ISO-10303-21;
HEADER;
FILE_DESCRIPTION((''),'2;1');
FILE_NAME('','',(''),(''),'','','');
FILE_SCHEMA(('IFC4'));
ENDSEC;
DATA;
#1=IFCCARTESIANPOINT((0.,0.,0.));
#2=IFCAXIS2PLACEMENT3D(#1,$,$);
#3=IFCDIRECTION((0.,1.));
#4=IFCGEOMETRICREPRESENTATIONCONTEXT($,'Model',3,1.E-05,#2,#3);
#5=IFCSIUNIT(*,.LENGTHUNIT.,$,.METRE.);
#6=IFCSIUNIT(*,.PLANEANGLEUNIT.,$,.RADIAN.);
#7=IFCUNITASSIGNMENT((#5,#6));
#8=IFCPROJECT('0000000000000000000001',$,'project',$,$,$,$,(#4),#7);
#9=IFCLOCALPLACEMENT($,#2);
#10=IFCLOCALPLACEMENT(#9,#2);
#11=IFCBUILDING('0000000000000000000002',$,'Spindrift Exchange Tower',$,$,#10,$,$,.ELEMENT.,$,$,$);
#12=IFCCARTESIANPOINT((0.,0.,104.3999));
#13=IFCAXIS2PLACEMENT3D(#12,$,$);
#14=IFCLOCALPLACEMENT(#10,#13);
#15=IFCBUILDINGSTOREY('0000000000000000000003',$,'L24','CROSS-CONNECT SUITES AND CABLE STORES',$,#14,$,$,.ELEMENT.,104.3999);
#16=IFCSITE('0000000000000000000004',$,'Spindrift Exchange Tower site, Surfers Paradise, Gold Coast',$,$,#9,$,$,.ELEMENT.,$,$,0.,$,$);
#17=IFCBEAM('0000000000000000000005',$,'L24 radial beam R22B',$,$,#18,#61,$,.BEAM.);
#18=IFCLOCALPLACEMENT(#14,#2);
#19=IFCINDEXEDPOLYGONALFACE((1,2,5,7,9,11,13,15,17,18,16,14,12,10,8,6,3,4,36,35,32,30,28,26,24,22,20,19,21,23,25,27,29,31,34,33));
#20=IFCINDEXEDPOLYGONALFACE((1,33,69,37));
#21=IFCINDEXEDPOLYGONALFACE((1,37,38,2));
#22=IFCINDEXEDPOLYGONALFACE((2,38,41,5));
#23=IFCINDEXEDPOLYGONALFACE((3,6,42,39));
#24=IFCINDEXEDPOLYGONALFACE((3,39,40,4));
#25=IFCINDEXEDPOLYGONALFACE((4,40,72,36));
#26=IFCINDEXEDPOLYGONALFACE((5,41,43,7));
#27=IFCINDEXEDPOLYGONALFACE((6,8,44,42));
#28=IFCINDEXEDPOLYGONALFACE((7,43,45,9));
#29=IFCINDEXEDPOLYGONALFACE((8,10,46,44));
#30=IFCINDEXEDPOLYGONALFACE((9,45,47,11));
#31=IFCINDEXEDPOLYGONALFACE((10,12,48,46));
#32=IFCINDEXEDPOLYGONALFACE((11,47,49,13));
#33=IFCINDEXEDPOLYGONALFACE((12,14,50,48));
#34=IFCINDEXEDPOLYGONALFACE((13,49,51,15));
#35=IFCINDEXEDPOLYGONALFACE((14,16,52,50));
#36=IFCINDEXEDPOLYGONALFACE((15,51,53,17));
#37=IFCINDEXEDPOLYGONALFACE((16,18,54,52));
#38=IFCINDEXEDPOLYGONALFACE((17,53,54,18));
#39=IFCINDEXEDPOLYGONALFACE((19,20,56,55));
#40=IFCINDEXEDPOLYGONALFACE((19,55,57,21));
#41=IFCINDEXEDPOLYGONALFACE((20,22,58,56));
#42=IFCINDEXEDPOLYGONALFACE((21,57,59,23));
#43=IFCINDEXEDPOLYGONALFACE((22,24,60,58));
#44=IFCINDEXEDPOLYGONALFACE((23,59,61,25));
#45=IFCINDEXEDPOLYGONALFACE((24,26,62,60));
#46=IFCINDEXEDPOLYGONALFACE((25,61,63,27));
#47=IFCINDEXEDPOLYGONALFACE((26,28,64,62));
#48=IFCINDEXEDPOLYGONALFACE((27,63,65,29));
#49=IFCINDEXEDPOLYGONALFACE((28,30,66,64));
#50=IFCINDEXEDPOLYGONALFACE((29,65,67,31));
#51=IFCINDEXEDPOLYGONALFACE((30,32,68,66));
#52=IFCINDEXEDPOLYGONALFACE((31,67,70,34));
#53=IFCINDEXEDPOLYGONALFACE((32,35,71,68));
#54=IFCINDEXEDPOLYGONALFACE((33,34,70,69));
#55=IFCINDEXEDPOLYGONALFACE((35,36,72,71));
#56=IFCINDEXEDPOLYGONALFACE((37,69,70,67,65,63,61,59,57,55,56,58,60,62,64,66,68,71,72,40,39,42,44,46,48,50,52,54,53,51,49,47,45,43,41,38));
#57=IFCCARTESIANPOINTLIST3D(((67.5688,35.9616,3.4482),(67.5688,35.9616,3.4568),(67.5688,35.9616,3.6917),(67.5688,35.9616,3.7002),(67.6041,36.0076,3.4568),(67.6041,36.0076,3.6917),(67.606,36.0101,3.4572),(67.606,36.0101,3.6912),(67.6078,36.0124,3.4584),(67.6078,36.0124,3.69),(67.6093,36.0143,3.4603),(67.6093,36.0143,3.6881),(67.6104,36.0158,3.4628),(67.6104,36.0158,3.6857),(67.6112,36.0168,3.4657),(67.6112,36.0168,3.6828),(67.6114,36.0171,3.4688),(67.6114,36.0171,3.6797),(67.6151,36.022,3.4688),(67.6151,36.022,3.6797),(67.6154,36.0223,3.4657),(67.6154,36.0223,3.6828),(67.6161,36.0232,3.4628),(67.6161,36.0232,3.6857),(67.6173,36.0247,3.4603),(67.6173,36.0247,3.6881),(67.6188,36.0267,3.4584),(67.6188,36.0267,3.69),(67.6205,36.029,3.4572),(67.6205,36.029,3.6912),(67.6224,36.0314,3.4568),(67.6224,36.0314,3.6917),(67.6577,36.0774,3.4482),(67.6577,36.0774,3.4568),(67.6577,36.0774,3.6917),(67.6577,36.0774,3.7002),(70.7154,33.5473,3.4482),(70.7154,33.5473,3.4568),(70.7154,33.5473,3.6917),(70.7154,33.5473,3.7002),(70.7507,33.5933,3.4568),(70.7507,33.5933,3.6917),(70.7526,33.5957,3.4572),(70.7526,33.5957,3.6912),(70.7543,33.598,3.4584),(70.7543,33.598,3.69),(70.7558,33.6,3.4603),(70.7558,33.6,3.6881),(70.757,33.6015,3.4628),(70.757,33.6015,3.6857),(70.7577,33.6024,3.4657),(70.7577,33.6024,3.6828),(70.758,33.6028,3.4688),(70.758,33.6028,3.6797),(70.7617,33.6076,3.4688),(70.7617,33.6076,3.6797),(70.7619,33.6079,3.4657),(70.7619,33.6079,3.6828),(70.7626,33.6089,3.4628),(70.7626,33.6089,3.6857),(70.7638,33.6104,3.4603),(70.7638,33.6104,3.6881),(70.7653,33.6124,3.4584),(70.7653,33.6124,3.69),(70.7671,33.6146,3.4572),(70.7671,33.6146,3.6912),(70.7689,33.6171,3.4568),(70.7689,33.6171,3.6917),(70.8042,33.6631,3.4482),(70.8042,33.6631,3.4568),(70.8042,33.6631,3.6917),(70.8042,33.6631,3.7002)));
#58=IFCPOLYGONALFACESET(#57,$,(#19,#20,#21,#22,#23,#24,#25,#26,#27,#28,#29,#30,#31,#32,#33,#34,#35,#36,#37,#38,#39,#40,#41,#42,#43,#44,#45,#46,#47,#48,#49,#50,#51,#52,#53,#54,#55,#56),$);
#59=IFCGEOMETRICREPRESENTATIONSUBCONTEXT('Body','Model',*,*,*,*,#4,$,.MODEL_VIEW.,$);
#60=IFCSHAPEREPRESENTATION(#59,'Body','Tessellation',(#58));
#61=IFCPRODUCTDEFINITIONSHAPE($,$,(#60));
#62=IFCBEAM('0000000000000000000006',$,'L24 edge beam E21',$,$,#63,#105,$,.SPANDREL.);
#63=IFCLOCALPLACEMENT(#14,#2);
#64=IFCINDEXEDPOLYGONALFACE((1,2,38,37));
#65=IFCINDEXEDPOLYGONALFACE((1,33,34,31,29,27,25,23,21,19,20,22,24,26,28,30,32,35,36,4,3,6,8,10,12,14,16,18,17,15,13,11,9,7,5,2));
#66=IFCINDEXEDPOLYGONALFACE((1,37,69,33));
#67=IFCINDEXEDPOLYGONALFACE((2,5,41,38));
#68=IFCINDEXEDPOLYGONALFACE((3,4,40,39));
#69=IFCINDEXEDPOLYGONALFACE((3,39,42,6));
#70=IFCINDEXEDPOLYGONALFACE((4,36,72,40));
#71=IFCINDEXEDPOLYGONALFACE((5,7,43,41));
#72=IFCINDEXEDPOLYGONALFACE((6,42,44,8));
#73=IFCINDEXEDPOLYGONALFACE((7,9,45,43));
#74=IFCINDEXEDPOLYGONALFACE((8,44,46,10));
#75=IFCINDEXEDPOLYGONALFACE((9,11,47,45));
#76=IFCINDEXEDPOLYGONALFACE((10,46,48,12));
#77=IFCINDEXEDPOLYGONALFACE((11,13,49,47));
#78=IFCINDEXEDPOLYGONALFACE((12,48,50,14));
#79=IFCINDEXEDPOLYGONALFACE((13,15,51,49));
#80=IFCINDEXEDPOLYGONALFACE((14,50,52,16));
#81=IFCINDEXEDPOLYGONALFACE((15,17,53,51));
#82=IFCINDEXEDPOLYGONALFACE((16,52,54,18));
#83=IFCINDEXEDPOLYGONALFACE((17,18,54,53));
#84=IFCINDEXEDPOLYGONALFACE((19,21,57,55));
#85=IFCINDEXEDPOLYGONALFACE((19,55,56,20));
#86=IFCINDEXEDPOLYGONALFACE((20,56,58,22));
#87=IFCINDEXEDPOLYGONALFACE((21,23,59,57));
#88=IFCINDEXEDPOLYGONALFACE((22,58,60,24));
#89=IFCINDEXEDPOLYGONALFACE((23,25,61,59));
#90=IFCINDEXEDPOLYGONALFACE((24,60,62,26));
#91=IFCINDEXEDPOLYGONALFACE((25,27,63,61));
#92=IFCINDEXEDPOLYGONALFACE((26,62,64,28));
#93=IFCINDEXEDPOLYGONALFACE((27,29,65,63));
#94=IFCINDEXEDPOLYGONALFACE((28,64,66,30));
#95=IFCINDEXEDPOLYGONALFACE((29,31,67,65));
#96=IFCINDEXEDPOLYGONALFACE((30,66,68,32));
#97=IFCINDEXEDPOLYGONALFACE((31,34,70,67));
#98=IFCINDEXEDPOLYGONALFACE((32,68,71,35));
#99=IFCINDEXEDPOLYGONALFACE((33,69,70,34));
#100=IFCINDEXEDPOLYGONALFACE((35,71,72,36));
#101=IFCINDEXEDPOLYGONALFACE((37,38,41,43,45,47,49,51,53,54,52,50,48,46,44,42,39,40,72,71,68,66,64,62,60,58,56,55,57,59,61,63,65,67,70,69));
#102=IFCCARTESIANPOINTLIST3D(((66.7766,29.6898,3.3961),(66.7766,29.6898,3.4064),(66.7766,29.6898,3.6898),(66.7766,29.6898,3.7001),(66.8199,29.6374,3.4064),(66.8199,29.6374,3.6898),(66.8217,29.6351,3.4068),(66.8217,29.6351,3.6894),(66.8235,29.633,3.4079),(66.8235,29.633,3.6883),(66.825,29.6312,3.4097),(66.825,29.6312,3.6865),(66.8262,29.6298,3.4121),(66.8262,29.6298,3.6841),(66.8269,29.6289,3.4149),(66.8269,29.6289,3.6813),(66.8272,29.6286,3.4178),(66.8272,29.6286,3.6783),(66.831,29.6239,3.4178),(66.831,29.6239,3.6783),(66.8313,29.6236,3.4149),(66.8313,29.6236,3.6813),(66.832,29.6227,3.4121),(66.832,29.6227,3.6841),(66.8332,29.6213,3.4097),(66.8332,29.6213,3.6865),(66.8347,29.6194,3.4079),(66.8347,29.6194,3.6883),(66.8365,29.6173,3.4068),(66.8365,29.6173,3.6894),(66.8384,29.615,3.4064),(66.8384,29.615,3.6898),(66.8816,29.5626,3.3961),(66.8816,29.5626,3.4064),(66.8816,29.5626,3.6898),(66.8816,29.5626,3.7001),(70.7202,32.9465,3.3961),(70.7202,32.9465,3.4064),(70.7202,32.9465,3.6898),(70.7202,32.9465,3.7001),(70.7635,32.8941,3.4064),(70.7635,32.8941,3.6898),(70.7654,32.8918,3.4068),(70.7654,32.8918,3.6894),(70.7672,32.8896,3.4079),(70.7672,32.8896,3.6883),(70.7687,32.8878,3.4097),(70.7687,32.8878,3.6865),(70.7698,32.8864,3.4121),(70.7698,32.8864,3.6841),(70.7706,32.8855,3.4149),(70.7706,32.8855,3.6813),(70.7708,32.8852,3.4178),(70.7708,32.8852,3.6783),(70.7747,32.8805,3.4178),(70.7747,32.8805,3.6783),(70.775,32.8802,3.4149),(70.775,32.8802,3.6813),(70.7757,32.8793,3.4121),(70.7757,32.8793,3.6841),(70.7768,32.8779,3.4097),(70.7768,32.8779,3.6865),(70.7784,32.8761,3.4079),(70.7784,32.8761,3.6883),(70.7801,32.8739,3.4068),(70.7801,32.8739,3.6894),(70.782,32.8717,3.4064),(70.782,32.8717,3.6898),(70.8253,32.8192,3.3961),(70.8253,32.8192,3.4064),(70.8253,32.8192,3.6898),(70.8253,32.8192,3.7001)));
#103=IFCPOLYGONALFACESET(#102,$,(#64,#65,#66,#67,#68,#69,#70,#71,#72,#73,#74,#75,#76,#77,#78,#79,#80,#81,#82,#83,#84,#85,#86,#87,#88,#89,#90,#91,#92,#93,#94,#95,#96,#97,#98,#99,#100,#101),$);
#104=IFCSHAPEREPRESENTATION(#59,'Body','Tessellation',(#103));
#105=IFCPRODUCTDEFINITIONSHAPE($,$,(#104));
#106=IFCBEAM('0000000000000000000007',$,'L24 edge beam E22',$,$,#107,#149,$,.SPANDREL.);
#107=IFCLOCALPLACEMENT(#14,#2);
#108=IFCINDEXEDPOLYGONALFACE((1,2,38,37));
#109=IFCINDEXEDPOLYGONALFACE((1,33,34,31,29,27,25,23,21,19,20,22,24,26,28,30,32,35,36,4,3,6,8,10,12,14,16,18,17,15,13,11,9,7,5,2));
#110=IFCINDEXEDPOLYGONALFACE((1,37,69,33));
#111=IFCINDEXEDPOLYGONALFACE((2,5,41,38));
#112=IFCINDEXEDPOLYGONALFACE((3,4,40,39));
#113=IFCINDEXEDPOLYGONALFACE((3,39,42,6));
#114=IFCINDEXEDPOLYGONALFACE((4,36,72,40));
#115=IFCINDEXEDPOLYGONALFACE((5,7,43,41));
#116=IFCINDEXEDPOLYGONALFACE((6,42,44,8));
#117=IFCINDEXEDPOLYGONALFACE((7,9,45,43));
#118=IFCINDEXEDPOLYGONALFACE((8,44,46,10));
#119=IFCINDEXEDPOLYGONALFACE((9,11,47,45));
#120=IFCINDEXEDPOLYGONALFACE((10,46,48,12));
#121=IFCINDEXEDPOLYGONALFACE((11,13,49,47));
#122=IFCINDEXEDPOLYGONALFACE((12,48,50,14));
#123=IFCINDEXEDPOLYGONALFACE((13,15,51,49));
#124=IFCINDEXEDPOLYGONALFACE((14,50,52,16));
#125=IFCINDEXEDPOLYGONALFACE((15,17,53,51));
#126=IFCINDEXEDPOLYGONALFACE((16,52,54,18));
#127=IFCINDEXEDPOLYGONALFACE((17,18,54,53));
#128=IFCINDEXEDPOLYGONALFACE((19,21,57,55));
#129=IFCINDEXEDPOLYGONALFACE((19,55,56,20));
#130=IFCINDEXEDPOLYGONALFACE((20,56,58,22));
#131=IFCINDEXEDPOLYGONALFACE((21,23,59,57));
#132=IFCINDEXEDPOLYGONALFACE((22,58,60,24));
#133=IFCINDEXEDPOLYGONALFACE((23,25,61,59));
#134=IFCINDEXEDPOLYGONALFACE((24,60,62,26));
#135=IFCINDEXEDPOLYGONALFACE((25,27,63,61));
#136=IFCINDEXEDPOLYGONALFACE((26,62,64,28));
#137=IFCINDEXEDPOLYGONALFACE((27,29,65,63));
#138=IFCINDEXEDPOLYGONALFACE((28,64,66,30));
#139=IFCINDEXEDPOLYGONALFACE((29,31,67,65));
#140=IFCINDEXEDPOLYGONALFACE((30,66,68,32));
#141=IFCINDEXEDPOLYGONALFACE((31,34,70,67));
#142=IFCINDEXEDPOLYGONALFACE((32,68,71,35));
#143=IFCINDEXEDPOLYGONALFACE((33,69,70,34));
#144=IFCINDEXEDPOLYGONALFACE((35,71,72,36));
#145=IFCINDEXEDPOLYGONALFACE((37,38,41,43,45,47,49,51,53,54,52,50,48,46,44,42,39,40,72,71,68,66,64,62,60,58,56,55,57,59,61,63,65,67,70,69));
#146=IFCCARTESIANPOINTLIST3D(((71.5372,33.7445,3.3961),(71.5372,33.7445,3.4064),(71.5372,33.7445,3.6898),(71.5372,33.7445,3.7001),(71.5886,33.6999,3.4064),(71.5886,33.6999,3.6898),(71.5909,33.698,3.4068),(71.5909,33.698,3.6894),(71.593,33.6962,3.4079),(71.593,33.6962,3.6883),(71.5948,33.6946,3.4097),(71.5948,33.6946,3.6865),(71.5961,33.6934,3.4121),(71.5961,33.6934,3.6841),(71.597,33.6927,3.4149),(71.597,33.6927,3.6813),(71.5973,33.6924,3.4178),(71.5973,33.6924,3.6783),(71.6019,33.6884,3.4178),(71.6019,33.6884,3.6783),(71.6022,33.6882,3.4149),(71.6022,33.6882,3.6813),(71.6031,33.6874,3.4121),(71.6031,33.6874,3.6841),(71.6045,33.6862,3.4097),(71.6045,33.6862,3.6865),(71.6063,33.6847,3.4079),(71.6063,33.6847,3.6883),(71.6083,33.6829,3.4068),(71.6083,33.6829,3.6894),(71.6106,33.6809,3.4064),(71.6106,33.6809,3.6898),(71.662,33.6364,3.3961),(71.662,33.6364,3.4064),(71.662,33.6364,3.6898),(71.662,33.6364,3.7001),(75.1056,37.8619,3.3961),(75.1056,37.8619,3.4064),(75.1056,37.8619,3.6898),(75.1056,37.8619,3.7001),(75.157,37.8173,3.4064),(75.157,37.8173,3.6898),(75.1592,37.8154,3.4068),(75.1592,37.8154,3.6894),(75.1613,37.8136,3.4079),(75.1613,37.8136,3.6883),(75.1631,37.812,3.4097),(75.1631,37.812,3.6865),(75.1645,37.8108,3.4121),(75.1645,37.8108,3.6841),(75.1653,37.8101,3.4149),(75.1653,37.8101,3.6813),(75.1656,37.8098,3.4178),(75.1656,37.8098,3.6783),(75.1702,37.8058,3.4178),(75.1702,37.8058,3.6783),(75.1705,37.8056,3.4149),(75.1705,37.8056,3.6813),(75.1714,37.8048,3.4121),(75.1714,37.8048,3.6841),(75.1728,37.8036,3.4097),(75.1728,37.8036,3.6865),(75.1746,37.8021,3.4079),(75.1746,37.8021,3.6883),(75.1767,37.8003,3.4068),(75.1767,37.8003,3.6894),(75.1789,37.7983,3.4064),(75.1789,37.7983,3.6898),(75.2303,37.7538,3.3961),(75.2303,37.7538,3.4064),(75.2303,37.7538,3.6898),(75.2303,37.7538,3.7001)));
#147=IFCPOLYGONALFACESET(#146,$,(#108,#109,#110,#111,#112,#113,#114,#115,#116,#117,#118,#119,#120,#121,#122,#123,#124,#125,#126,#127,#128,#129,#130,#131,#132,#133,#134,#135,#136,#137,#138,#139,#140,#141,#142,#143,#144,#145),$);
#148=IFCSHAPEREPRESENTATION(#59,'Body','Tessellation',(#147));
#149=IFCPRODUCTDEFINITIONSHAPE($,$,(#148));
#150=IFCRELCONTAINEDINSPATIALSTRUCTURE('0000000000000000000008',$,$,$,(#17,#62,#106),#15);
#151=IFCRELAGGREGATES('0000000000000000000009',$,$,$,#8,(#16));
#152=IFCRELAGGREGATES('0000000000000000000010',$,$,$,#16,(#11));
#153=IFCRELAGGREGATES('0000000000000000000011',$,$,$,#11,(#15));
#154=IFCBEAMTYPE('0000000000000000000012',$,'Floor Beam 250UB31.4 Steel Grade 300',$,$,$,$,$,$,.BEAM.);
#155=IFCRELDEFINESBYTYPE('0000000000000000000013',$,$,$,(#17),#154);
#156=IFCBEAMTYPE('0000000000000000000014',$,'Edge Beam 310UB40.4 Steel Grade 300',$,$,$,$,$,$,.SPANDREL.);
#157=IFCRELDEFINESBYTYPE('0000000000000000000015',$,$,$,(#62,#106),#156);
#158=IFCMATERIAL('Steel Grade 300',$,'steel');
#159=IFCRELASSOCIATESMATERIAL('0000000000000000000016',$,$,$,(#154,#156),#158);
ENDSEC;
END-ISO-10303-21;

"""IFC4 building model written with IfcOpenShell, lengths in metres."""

from ifc_helpers import new_model, si_unit, direction, frame, origin, origin_2d, place, context, subcontext, project, spatial, i_section, extrude, source, transform, mapped, material, material_profile, profile_set, type_object, element, save


model = new_model("IFC4")

# Units and contexts
model_context = context("Model", 3, precision=1e-05, world=origin(), true_north=direction((0.0, 1.0)))
body_context = subcontext(model_context, "Body", "Model", "MODEL_VIEW")
ifc_project = project(units=[si_unit("LENGTHUNIT", "METRE"), si_unit("PLANEANGLEUNIT", "RADIAN")], contexts=[model_context])

# Site, building, storey
site_placement = place(None, origin())
site = spatial("IfcSite", under=ifc_project, at=site_placement, Name="Spindrift Exchange Tower site, Surfers Paradise, Gold Coast", CompositionType="ELEMENT", RefElevation=0.0)
building_placement = place(site_placement, origin())
building = spatial("IfcBuilding", under=site, at=building_placement, Name="Spindrift Exchange Tower", CompositionType="ELEMENT")
storey_placement = place(building_placement, frame((0.0, 0.0, 104.3999)))
storey = spatial("IfcBuildingStorey", under=building, at=storey_placement, Name="L24", Description="CROSS-CONNECT SUITES AND CABLE STORES", CompositionType="ELEMENT", Elevation=104.3999)

# Beams
ifc_material_1 = material(Name="Steel Grade 300", Category="steel")
ifc_material_profile_1 = material_profile(ifc_material_1, i_section(OverallWidth=0.146, OverallDepth=0.252, WebThickness=0.0061, FlangeThickness=0.0085, FilletRadius=0.012, at=origin_2d()), Name="250UB31.4")
ifc_profile_set_1 = profile_set([ifc_material_profile_1], Name="Steel Grade 300")
beam_type_1 = type_object("IfcBeamType", Name="Floor Beam 250UB31.4 Steel Grade 300", PredefinedType="BEAM", material=ifc_profile_set_1)
shared_shape_1 = source(origin(), body_context, "Body", "SweptSolid", [
    extrude(i_section(OverallWidth=0.146, OverallDepth=0.252, WebThickness=0.0061, FlangeThickness=0.0085, FilletRadius=0.012, at=origin_2d()), origin(), (0.0, 0.0, 1.0), 3.9661),
])
beam_1_placement = place(storey_placement, frame((67.6133, 36.0195, 3.5742), z_axis=(0.793363, -0.608749, 0.0), x_axis=(0.608749, 0.793363, 0.0)))
element("IfcBeam", 1, at=beam_1_placement, inside=storey, type_object=beam_type_1, Name="L24 radial beam R22B", PredefinedType="BEAM", context=body_context, shape_type="MappedRepresentation", body=[
    mapped(shared_shape_1, transform((0.0, 0.0, 0.0), scale=1.0)),
])
ifc_material_profile_2 = material_profile(ifc_material_1, i_section(OverallWidth=0.165, OverallDepth=0.304, WebThickness=0.0061, FlangeThickness=0.0103, FilletRadius=0.0115, at=origin_2d()), Name="310UB40.4")
ifc_profile_set_2 = profile_set([ifc_material_profile_2], Name="Steel Grade 300")
beam_type_2 = type_object("IfcBeamType", Name="Edge Beam 310UB40.4 Steel Grade 300", PredefinedType="SPANDREL", material=ifc_profile_set_2)
shared_shape_2 = source(origin(), body_context, "Body", "SweptSolid", [
    extrude(i_section(OverallWidth=0.165, OverallDepth=0.304, WebThickness=0.0061, FlangeThickness=0.0103, FilletRadius=0.0115, at=origin_2d()), origin(), (0.0, 0.0, 1.0), 5.1145),
])
beam_2_placement = place(storey_placement, frame((66.8291, 29.6262, 3.5481), z_axis=(0.771074, 0.636746, 0.0), x_axis=(-0.636746, 0.771074, 0.0)))
element("IfcBeam", 2, at=beam_2_placement, inside=storey, type_object=beam_type_2, Name="L24 edge beam E21", PredefinedType="SPANDREL", context=body_context, shape_type="MappedRepresentation", body=[
    mapped(shared_shape_2, transform((0.0, 0.0, 0.0), scale=1.0)),
])
shared_shape_3 = source(origin(), body_context, "Body", "SweptSolid", [
    extrude(i_section(OverallWidth=0.165, OverallDepth=0.304, WebThickness=0.0061, FlangeThickness=0.0103, FilletRadius=0.0115, at=origin_2d()), origin(), (0.0, 0.0, 1.0), 5.4485),
])
beam_3_placement = place(storey_placement, frame((71.5996, 33.6904, 3.5481), z_axis=(0.654922, 0.755696, 0.0), x_axis=(-0.755696, 0.654922, 0.0)))
element("IfcBeam", 3, at=beam_3_placement, inside=storey, type_object=beam_type_2, Name="L24 edge beam E22", PredefinedType="SPANDREL", context=body_context, shape_type="MappedRepresentation", body=[
    mapped(shared_shape_3, transform((0.0, 0.0, 0.0), scale=1.0)),
])

save(model, "model.ifc")
